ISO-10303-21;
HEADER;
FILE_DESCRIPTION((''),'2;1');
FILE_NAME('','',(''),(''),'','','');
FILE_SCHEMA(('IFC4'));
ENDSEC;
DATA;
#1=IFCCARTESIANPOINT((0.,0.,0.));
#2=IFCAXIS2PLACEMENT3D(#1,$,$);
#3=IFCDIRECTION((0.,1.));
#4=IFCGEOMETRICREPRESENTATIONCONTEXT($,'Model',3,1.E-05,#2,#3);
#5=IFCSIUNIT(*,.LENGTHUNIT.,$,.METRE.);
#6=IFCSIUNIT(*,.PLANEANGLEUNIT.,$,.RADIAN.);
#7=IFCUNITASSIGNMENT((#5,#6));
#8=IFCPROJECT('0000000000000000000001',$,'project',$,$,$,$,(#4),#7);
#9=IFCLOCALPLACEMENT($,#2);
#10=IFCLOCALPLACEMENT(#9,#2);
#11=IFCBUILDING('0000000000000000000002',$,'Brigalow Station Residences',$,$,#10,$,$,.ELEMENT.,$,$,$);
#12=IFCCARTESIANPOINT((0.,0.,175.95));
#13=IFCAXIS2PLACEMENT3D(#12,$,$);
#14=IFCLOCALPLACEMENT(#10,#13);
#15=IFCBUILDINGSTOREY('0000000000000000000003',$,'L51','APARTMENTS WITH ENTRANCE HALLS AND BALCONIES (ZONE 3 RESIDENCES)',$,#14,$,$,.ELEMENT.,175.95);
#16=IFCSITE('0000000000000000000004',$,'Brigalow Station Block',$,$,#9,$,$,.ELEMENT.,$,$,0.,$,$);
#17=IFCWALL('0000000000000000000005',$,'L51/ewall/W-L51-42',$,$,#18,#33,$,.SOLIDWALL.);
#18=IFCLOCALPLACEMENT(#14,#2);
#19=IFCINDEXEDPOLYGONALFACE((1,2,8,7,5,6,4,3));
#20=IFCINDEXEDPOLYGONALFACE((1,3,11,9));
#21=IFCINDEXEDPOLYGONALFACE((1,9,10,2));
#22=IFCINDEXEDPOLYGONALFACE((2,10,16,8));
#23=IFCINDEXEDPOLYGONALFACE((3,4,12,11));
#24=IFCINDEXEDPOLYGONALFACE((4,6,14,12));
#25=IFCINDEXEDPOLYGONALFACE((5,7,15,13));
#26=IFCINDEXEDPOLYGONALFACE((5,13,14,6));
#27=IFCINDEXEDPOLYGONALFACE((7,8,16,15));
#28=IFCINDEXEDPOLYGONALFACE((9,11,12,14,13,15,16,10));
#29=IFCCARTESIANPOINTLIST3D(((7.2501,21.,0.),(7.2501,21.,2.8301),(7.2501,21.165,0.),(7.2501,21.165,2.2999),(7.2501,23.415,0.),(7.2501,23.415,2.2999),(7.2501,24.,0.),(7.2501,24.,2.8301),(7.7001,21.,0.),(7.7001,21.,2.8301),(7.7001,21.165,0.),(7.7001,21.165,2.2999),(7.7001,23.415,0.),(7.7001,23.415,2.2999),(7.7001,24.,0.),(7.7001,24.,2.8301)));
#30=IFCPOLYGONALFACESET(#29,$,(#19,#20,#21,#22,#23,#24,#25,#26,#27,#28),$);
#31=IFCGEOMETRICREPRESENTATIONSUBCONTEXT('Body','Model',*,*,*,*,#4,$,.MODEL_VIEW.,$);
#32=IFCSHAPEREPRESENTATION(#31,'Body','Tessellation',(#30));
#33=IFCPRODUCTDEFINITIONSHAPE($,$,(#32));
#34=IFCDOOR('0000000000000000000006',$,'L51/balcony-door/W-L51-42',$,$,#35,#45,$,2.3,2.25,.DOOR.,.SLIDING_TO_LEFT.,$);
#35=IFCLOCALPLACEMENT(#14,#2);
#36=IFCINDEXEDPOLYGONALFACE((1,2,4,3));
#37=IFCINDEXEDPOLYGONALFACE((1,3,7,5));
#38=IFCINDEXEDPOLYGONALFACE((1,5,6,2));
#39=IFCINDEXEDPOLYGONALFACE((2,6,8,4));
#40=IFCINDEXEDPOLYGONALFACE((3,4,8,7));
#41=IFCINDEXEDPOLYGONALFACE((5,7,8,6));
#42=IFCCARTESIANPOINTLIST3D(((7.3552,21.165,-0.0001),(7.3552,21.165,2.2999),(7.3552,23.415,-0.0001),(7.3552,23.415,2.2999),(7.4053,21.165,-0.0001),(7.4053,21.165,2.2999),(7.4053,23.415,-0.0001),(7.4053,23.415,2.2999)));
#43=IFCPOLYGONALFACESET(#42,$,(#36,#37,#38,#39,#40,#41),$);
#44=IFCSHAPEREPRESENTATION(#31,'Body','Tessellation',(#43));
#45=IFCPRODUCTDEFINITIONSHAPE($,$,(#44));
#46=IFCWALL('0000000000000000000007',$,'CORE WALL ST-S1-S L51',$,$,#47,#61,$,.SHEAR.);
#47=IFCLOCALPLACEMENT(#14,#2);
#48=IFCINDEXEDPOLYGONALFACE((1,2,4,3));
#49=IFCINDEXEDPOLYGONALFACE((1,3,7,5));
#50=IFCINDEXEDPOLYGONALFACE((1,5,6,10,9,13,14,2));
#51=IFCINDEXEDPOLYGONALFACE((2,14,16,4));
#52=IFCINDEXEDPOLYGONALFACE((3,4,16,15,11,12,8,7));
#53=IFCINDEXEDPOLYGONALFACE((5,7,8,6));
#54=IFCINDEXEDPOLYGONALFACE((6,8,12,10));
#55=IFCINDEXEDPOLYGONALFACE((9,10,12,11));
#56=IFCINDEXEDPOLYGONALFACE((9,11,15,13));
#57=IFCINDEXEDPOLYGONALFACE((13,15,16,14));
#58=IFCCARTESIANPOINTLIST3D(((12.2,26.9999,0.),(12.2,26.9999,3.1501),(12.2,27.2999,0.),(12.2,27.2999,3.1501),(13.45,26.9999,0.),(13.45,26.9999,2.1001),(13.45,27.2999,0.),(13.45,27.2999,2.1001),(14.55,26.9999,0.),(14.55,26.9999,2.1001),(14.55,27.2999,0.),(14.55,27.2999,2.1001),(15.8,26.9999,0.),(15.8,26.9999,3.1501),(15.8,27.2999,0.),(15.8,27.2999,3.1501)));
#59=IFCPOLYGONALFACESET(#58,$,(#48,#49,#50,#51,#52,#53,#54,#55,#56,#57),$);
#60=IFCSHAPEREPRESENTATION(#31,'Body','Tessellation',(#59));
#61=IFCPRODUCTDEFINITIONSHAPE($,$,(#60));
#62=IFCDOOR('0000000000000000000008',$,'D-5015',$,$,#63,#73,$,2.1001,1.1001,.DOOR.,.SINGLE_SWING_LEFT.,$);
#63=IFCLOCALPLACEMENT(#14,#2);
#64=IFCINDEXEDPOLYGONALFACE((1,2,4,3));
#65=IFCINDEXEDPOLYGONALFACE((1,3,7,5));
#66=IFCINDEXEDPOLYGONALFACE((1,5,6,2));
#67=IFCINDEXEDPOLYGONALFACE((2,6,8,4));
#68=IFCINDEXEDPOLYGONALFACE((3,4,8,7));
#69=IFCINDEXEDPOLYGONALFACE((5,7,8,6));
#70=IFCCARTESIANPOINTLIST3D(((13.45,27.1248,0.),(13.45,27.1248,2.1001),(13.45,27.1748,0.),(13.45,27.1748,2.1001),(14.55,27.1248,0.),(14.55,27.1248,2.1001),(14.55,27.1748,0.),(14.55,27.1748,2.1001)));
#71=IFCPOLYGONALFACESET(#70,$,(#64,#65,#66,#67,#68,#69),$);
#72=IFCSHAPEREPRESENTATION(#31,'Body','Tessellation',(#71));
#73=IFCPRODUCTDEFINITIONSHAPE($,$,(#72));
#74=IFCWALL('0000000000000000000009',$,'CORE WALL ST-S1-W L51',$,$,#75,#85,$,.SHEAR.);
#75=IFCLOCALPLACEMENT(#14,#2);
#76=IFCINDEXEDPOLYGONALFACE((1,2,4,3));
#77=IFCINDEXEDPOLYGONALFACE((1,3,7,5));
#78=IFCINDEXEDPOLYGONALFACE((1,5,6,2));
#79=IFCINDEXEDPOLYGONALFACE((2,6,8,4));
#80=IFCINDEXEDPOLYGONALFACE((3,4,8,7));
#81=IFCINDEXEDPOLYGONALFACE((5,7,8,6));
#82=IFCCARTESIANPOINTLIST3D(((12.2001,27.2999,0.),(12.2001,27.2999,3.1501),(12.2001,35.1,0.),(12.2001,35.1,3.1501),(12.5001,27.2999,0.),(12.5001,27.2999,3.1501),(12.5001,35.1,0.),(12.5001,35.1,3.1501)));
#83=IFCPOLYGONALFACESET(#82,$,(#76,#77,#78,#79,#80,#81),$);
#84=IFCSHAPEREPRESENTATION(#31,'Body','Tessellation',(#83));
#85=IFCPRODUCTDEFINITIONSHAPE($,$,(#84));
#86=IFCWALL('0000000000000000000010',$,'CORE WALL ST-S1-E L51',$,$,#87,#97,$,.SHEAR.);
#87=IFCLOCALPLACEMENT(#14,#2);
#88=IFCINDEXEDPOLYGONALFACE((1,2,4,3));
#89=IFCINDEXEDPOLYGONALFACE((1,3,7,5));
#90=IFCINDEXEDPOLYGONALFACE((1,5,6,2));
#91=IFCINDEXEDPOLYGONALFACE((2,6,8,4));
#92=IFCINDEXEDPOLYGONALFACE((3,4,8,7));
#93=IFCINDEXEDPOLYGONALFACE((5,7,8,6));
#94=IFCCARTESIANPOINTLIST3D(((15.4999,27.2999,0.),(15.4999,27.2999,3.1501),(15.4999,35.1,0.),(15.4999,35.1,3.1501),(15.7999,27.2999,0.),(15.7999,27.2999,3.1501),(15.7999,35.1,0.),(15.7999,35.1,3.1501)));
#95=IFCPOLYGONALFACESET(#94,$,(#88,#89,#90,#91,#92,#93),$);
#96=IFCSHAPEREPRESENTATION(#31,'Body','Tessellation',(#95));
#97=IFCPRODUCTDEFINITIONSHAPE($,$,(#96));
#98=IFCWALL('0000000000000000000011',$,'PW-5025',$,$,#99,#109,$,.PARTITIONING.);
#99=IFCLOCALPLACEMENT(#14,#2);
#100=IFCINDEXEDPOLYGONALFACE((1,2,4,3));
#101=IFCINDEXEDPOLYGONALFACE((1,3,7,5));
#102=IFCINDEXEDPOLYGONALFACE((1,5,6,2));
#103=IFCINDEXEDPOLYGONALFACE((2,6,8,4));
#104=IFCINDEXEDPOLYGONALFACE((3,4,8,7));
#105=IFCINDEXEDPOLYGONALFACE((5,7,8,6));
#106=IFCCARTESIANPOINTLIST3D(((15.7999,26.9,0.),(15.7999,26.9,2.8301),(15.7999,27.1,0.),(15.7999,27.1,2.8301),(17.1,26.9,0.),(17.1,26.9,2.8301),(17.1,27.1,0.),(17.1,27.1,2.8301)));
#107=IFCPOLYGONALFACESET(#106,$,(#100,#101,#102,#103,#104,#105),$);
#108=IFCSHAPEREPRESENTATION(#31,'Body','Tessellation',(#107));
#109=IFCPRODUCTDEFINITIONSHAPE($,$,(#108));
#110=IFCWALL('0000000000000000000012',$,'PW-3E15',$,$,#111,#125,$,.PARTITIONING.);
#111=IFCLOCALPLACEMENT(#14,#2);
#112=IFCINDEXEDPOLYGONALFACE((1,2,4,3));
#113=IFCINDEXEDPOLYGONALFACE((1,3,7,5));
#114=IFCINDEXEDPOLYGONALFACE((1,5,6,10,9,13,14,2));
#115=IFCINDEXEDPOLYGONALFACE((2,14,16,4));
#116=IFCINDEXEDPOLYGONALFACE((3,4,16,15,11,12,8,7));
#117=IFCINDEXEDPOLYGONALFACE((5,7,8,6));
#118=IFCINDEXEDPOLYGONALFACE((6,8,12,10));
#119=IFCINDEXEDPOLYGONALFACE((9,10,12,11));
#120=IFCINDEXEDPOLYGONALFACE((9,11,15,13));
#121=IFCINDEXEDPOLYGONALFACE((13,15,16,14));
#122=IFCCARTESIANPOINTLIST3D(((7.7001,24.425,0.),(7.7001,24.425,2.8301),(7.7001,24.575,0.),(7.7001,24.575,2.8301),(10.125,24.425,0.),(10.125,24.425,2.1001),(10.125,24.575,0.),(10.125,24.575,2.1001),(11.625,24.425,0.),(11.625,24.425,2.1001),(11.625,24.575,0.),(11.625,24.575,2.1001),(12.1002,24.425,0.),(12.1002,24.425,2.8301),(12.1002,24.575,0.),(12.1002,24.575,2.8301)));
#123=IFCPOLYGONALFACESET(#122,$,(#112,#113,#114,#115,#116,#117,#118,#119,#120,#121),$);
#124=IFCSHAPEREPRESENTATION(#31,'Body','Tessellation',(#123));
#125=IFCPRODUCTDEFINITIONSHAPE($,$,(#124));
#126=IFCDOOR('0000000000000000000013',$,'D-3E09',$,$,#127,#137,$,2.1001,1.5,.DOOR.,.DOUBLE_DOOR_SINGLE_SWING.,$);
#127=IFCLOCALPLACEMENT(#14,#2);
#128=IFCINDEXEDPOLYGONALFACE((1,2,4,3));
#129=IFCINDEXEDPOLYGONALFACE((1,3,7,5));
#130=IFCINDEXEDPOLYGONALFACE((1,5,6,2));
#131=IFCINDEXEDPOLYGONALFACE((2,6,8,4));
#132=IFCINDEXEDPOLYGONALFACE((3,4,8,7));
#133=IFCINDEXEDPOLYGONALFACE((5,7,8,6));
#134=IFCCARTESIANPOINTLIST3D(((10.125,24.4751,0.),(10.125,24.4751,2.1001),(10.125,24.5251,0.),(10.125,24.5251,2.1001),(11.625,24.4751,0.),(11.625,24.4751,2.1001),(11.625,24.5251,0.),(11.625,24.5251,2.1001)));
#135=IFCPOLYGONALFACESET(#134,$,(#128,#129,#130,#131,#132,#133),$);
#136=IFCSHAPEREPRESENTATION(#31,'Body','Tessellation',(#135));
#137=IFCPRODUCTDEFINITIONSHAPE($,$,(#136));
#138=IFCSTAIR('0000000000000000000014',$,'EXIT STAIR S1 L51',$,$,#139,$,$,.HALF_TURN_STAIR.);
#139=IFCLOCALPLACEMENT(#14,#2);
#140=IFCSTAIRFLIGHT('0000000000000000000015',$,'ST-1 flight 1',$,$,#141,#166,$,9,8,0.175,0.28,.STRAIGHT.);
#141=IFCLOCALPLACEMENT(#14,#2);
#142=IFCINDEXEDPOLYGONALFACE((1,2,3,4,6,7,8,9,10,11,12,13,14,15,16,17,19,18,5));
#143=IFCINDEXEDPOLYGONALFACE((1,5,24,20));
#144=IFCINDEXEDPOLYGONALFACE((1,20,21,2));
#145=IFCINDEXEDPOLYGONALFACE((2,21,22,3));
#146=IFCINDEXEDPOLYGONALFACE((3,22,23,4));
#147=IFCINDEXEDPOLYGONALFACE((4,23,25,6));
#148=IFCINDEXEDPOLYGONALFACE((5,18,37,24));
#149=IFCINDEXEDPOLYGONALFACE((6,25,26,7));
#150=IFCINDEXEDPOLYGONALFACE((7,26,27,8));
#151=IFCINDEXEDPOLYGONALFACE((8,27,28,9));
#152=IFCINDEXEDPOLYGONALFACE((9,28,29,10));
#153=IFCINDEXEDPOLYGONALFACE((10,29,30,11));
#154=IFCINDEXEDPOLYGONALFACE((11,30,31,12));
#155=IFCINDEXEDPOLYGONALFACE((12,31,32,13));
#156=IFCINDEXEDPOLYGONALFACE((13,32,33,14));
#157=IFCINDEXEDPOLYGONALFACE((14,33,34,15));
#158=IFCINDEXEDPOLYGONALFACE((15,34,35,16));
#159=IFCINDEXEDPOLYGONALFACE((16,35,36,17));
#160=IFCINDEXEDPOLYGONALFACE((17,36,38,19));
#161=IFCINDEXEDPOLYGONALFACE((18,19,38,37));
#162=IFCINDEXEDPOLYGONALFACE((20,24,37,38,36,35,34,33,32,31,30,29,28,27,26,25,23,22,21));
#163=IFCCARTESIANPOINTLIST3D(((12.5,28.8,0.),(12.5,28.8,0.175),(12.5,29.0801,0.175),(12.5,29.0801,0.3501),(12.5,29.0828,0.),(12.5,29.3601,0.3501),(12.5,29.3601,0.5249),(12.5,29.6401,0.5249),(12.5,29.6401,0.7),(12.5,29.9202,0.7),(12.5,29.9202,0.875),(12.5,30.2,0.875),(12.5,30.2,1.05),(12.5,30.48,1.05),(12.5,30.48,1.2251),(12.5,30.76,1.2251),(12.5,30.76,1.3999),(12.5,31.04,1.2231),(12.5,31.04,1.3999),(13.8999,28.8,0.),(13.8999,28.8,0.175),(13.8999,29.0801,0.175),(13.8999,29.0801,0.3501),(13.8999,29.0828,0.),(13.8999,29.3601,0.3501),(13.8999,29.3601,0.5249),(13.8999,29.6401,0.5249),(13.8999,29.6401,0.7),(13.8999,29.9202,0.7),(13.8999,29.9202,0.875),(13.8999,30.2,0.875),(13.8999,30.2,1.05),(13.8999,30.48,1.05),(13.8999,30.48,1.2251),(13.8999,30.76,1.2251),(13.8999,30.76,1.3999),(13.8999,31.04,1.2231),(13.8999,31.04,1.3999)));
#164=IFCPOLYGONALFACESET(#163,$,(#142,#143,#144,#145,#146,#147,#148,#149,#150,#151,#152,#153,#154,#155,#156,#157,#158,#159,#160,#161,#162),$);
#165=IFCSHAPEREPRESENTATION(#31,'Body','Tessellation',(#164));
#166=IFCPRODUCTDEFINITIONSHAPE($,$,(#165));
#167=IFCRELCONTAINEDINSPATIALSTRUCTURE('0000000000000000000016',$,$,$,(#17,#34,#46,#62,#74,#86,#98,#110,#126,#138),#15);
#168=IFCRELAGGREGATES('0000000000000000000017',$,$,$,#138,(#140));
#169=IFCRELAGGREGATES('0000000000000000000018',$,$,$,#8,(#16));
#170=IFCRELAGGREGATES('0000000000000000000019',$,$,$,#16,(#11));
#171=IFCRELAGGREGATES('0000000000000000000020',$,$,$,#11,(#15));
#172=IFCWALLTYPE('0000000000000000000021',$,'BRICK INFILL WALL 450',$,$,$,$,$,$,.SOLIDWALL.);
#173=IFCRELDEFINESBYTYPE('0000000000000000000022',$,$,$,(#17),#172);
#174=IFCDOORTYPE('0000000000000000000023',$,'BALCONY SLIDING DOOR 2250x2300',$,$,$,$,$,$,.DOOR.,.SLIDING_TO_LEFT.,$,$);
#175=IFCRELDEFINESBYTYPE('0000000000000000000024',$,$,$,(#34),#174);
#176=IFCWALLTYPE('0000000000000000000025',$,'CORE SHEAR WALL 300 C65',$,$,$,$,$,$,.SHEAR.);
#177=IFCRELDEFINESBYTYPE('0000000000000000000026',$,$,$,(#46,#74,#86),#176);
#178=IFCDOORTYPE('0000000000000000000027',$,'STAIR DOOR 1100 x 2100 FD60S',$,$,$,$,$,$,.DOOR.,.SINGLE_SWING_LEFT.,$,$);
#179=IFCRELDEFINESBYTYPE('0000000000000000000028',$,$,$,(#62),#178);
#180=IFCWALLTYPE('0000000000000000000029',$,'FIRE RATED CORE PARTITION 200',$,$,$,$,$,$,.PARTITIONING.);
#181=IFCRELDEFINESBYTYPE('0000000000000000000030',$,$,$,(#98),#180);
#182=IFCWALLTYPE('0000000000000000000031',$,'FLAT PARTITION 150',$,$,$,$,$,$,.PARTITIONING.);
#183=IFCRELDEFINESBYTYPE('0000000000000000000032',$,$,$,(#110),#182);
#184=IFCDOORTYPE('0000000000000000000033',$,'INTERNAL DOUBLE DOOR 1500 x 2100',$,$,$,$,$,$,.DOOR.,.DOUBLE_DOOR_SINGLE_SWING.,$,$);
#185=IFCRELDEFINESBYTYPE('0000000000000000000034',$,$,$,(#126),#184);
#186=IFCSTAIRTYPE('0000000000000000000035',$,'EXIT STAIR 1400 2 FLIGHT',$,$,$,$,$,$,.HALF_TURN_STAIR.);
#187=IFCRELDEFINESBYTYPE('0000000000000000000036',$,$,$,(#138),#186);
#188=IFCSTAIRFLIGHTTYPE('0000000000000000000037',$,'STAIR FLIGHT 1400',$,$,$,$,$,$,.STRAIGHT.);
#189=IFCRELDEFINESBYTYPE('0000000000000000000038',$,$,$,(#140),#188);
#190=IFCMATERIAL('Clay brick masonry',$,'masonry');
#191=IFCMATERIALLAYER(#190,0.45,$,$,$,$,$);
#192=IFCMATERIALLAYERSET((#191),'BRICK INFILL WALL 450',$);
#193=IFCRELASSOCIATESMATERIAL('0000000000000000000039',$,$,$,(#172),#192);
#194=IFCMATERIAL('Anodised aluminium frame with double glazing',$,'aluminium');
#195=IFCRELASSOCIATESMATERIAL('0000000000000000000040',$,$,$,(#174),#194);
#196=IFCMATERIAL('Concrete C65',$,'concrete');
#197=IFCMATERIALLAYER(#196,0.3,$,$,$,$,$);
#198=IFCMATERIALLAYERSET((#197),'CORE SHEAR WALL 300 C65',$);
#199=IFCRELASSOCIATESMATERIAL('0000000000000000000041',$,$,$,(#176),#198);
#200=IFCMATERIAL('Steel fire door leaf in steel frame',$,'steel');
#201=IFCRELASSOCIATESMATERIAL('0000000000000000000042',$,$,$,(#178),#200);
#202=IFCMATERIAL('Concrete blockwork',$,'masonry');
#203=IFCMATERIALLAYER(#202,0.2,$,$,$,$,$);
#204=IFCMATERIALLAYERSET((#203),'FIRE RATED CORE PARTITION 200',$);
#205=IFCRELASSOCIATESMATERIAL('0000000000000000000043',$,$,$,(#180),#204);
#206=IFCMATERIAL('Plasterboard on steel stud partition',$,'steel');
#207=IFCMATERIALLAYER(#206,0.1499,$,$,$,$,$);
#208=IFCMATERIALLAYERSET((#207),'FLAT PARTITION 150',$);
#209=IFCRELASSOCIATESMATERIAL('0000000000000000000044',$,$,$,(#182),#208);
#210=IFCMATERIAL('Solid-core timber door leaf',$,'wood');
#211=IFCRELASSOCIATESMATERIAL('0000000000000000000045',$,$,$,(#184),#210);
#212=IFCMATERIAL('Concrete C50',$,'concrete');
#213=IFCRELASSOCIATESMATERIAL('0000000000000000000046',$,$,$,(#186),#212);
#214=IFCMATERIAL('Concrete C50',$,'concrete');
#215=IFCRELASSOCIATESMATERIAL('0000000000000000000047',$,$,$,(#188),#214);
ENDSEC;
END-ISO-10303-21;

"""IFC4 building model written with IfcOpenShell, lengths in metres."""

from ifc_helpers import new_model, si_unit, direction, frame, frame_2d, origin, place, context, subcontext, project, spatial, polyline, rectangle, outline, extrude, material, layer, layer_set, type_object, element, fill, aggregate, save


model = new_model("IFC4")

# Units and contexts
model_context = context("Model", 3, precision=1e-05, world=origin(), true_north=direction((0.0, 1.0)))
body_context = subcontext(model_context, "Body", "Model", "MODEL_VIEW")
ifc_project = project(units=[si_unit("LENGTHUNIT", "METRE"), si_unit("PLANEANGLEUNIT", "RADIAN")], contexts=[model_context])

# Site, building, storey
site_placement = place(None, origin())
site = spatial("IfcSite", under=ifc_project, at=site_placement, Name="Brigalow Station Block", CompositionType="ELEMENT", RefElevation=0.0)
building_placement = place(site_placement, origin())
building = spatial("IfcBuilding", under=site, at=building_placement, Name="Brigalow Station Residences", CompositionType="ELEMENT")
storey_placement = place(building_placement, frame((0.0, 0.0, 175.95)))
storey = spatial("IfcBuildingStorey", under=building, at=storey_placement, Name="L51", Description="APARTMENTS WITH ENTRANCE HALLS AND BALCONIES (ZONE 3 RESIDENCES)", CompositionType="ELEMENT", Elevation=175.95)

# Shared definitions
ifc_material_1 = material(Name="Clay brick masonry", Category="masonry")
ifc_layer_1 = layer(ifc_material_1, 0.45)
ifc_layer_set_1 = layer_set([ifc_layer_1], Name="BRICK INFILL WALL 450")
wall_type_1 = type_object("IfcWallType", Name="BRICK INFILL WALL 450", PredefinedType="SOLIDWALL", material=ifc_layer_set_1)

# Walls, openings, doors
wall_1_placement = place(storey_placement, frame((7.4751, 24.0, 0.0), z_axis=(0.0, 0.0, 1.0), x_axis=(0.0, -1.0, 0.0)))
wall_1 = element("IfcWall", 1, at=wall_1_placement, inside=storey, type_object=wall_type_1, Name="L51/ewall/W-L51-42", PredefinedType="SOLIDWALL", context=body_context, shape_type="SweptSolid", body=[
    extrude(rectangle(XDim=3.0, YDim=0.45, at=frame_2d((1.5, 0.0))), origin(), (0.0, 0.0, 1.0), 2.8301),
])
opening_1_placement = place(wall_1_placement, frame((0.585, 0.0, 0.0)))
opening_1 = element("IfcOpeningElement", 2, at=opening_1_placement, cuts=wall_1, PredefinedType="OPENING", context=body_context, shape_type="SweptSolid", body=[
    extrude(rectangle(XDim=2.25, YDim=2.3, at=frame_2d((1.125, 1.1499))), frame((0.0, 0.2349, 0.0), z_axis=(0.0, -1.0, 0.0), x_axis=(1.0, 0.0, 0.0)), (0.0, 0.0, 1.0), 0.47),
])
ifc_material_2 = material(Name="Anodised aluminium frame with double glazing", Category="aluminium")
door_type_1 = type_object("IfcDoorType", Name="BALCONY SLIDING DOOR 2250x2300", OperationType="SLIDING_TO_LEFT", PredefinedType="DOOR", material=ifc_material_2)
door_1_placement = place(opening_1_placement, origin())
door_1 = element("IfcDoor", 3, at=door_1_placement, inside=storey, type_object=door_type_1, Name="L51/balcony-door/W-L51-42", OperationType="SLIDING_TO_LEFT", OverallHeight=2.3, OverallWidth=2.25, PredefinedType="DOOR", context=body_context, shape_type="SweptSolid", body=[
    extrude(rectangle(XDim=2.25, YDim=2.3, at=frame_2d((1.125, 1.1499))), frame((0.0, -0.0698, 0.0), z_axis=(0.0, -1.0, 0.0), x_axis=(1.0, 0.0, 0.0)), (0.0, 0.0, 1.0), 0.05),
])
fill(opening_1, door_1)
ifc_material_3 = material(Name="Concrete C65", Category="concrete")
ifc_layer_2 = layer(ifc_material_3, 0.3)
ifc_layer_set_2 = layer_set([ifc_layer_2], Name="CORE SHEAR WALL 300 C65")
wall_type_2 = type_object("IfcWallType", Name="CORE SHEAR WALL 300 C65", PredefinedType="SHEAR", material=ifc_layer_set_2)
wall_2_placement = place(storey_placement, frame((12.2, 27.1499, 0.0), z_axis=(0.0, 0.0, 1.0), x_axis=(1.0, 0.0, 0.0)))
wall_2 = element("IfcWall", 4, at=wall_2_placement, inside=storey, type_object=wall_type_2, Name="CORE WALL ST-S1-S L51", PredefinedType="SHEAR", context=body_context, shape_type="SweptSolid", body=[
    extrude(rectangle(XDim=3.6001, YDim=0.3, at=frame_2d((1.8, 0.0))), origin(), (0.0, 0.0, 1.0), 3.1501),
])
opening_2_placement = place(wall_2_placement, frame((1.25, 0.0, 0.0)))
opening_2 = element("IfcOpeningElement", 5, at=opening_2_placement, cuts=wall_2, PredefinedType="OPENING", context=body_context, shape_type="SweptSolid", body=[
    extrude(rectangle(XDim=1.1001, YDim=2.1001, at=frame_2d((0.55, 1.05))), frame((0.0, 0.1602, 0.0), z_axis=(0.0, -1.0, 0.0), x_axis=(1.0, 0.0, 0.0)), (0.0, 0.0, 1.0), 0.3201),
])
ifc_material_4 = material(Name="Steel fire door leaf in steel frame", Category="steel")
door_type_2 = type_object("IfcDoorType", Name="STAIR DOOR 1100 x 2100 FD60S", OperationType="SINGLE_SWING_LEFT", PredefinedType="DOOR", material=ifc_material_4)
door_2_placement = place(opening_2_placement, origin())
door_2 = element("IfcDoor", 6, at=door_2_placement, inside=storey, type_object=door_type_2, Name="D-5015", OperationType="SINGLE_SWING_LEFT", OverallHeight=2.1001, OverallWidth=1.1001, PredefinedType="DOOR", context=body_context, shape_type="SweptSolid", body=[
    extrude(rectangle(XDim=1.1001, YDim=2.1001, at=frame_2d((0.55, 1.05))), frame((0.0, 0.0249, 0.0), z_axis=(0.0, -1.0, 0.0), x_axis=(1.0, 0.0, 0.0)), (0.0, 0.0, 1.0), 0.05),
])
fill(opening_2, door_2)

# Walls
for number, where, z_axis, x_axis, name in (
    (7, (12.3501, 27.3, 0.0), (0.0, 0.0, 1.0), (0.0, 1.0, 0.0), "CORE WALL ST-S1-W L51"),
    (8, (15.6499, 27.3, 0.0), (0.0, 0.0, 1.0), (0.0, 1.0, 0.0), "CORE WALL ST-S1-E L51"),
):
    element("IfcWall", number, at=place(storey_placement, frame(where, z_axis=z_axis, x_axis=x_axis)), inside=storey, type_object=wall_type_2, Name=name, PredefinedType="SHEAR", context=body_context, shape_type="SweptSolid", body=[
        extrude(rectangle(XDim=7.8, YDim=0.3, at=frame_2d((3.8999, 0.0))), origin(), (0.0, 0.0, 1.0), 3.1501),
    ])
ifc_material_5 = material(Name="Concrete blockwork", Category="masonry")
ifc_layer_3 = layer(ifc_material_5, 0.2)
ifc_layer_set_3 = layer_set([ifc_layer_3], Name="FIRE RATED CORE PARTITION 200")
wall_type_3 = type_object("IfcWallType", Name="FIRE RATED CORE PARTITION 200", PredefinedType="PARTITIONING", material=ifc_layer_set_3)
wall_3_placement = place(storey_placement, frame((15.8, 27.0, 0.0), z_axis=(0.0, 0.0, 1.0), x_axis=(1.0, 0.0, 0.0)))
element("IfcWall", 9, at=wall_3_placement, inside=storey, type_object=wall_type_3, Name="PW-5025", PredefinedType="PARTITIONING", context=body_context, shape_type="SweptSolid", body=[
    extrude(rectangle(XDim=1.3, YDim=0.2, at=frame_2d((0.6499, 0.0))), origin(), (0.0, 0.0, 1.0), 2.8301),
])

# Wall, opening, door
ifc_material_6 = material(Name="Plasterboard on steel stud partition", Category="steel")
ifc_layer_4 = layer(ifc_material_6, 0.1499)
ifc_layer_set_4 = layer_set([ifc_layer_4], Name="FLAT PARTITION 150")
wall_type_4 = type_object("IfcWallType", Name="FLAT PARTITION 150", PredefinedType="PARTITIONING", material=ifc_layer_set_4)
wall_4_placement = place(storey_placement, frame((7.7, 24.5, 0.0), z_axis=(0.0, 0.0, 1.0), x_axis=(1.0, 0.0, 0.0)))
wall_4 = element("IfcWall", 10, at=wall_4_placement, inside=storey, type_object=wall_type_4, Name="PW-3E15", PredefinedType="PARTITIONING", context=body_context, shape_type="SweptSolid", body=[
    extrude(rectangle(XDim=4.4001, YDim=0.1499, at=frame_2d((2.2002, 0.0))), origin(), (0.0, 0.0, 1.0), 2.8301),
])
opening_3_placement = place(wall_4_placement, frame((2.425, 0.0, 0.0)))
opening_3 = element("IfcOpeningElement", 11, at=opening_3_placement, cuts=wall_4, PredefinedType="OPENING", context=body_context, shape_type="SweptSolid", body=[
    extrude(rectangle(XDim=1.5, YDim=2.1001, at=frame_2d((0.75, 1.05))), frame((0.0, 0.085, 0.0), z_axis=(0.0, -1.0, 0.0), x_axis=(1.0, 0.0, 0.0)), (0.0, 0.0, 1.0), 0.1699),
])
ifc_material_7 = material(Name="Solid-core timber door leaf", Category="wood")
door_type_3 = type_object("IfcDoorType", Name="INTERNAL DOUBLE DOOR 1500 x 2100", OperationType="DOUBLE_DOOR_SINGLE_SWING", PredefinedType="DOOR", material=ifc_material_7)
door_3_placement = place(opening_3_placement, frame((1.5, 0.0, 0.0), z_axis=(0.0, 0.0, 1.0), x_axis=(-1.0, 0.0, 0.0)))
door_3 = element("IfcDoor", 12, at=door_3_placement, inside=storey, type_object=door_type_3, Name="D-3E09", OperationType="DOUBLE_DOOR_SINGLE_SWING", OverallHeight=2.1001, OverallWidth=1.5, PredefinedType="DOOR", context=body_context, shape_type="SweptSolid", body=[
    extrude(rectangle(XDim=1.5, YDim=2.1001, at=frame_2d((0.75, 1.05))), frame((0.0, 0.0249, 0.0), z_axis=(0.0, -1.0, 0.0), x_axis=(1.0, 0.0, 0.0)), (0.0, 0.0, 1.0), 0.05),
])
fill(opening_3, door_3)

# Stair, stair flight
ifc_material_8 = material(Name="Concrete C50", Category="concrete")
stair_type = type_object("IfcStairType", Name="EXIT STAIR 1400 2 FLIGHT", PredefinedType="HALF_TURN_STAIR", material=ifc_material_8)
stair_placement = place(storey_placement, origin())
stair = element("IfcStair", 13, at=stair_placement, inside=storey, type_object=stair_type, Name="EXIT STAIR S1 L51", PredefinedType="HALF_TURN_STAIR")
ifc_material_9 = material(Name="Concrete C50", Category="concrete")
stair_flight_type = type_object("IfcStairFlightType", Name="STAIR FLIGHT 1400", PredefinedType="STRAIGHT", material=ifc_material_9)
stair_flight_1_placement = place(storey_placement, frame((13.2, 28.8, 0.0), z_axis=(0.0, 0.0, 1.0), x_axis=(0.0, 1.0, 0.0)))
stair_flight_1 = element("IfcStairFlight", 14, at=stair_flight_1_placement, type_object=stair_flight_type, Name="ST-1 flight 1", NumberOfRisers=9, NumberOfTreads=8, PredefinedType="STRAIGHT", RiserHeight=0.175, TreadLength=0.28, context=body_context, shape_type="SweptSolid", body=[
    extrude(outline(polyline([(0.0, 0.0), (0.0, 0.175), (0.28, 0.175), (0.28, 0.3501), (0.5601, 0.3501), (0.5601, 0.5249), (0.8401, 0.5249), (0.8401, 0.7), (1.1201, 0.7), (1.1201, 0.875), (1.3999, 0.875), (1.3999, 1.05), (1.6799, 1.05), (1.6799, 1.2251), (1.96, 1.2251), (1.96, 1.3999), (2.24, 1.3999), (2.24, 1.575), (2.24, 1.2231), (0.2827, 0.0), (0.0, 0.0)])), frame((0.0, 0.7, 0.0), z_axis=(0.0, -1.0, 0.0), x_axis=(1.0, 0.0, 0.0)), (0.0, 0.0, 1.0), 1.3999),
])
aggregate(stair, [stair_flight_1])

save(model, "model.ifc")
